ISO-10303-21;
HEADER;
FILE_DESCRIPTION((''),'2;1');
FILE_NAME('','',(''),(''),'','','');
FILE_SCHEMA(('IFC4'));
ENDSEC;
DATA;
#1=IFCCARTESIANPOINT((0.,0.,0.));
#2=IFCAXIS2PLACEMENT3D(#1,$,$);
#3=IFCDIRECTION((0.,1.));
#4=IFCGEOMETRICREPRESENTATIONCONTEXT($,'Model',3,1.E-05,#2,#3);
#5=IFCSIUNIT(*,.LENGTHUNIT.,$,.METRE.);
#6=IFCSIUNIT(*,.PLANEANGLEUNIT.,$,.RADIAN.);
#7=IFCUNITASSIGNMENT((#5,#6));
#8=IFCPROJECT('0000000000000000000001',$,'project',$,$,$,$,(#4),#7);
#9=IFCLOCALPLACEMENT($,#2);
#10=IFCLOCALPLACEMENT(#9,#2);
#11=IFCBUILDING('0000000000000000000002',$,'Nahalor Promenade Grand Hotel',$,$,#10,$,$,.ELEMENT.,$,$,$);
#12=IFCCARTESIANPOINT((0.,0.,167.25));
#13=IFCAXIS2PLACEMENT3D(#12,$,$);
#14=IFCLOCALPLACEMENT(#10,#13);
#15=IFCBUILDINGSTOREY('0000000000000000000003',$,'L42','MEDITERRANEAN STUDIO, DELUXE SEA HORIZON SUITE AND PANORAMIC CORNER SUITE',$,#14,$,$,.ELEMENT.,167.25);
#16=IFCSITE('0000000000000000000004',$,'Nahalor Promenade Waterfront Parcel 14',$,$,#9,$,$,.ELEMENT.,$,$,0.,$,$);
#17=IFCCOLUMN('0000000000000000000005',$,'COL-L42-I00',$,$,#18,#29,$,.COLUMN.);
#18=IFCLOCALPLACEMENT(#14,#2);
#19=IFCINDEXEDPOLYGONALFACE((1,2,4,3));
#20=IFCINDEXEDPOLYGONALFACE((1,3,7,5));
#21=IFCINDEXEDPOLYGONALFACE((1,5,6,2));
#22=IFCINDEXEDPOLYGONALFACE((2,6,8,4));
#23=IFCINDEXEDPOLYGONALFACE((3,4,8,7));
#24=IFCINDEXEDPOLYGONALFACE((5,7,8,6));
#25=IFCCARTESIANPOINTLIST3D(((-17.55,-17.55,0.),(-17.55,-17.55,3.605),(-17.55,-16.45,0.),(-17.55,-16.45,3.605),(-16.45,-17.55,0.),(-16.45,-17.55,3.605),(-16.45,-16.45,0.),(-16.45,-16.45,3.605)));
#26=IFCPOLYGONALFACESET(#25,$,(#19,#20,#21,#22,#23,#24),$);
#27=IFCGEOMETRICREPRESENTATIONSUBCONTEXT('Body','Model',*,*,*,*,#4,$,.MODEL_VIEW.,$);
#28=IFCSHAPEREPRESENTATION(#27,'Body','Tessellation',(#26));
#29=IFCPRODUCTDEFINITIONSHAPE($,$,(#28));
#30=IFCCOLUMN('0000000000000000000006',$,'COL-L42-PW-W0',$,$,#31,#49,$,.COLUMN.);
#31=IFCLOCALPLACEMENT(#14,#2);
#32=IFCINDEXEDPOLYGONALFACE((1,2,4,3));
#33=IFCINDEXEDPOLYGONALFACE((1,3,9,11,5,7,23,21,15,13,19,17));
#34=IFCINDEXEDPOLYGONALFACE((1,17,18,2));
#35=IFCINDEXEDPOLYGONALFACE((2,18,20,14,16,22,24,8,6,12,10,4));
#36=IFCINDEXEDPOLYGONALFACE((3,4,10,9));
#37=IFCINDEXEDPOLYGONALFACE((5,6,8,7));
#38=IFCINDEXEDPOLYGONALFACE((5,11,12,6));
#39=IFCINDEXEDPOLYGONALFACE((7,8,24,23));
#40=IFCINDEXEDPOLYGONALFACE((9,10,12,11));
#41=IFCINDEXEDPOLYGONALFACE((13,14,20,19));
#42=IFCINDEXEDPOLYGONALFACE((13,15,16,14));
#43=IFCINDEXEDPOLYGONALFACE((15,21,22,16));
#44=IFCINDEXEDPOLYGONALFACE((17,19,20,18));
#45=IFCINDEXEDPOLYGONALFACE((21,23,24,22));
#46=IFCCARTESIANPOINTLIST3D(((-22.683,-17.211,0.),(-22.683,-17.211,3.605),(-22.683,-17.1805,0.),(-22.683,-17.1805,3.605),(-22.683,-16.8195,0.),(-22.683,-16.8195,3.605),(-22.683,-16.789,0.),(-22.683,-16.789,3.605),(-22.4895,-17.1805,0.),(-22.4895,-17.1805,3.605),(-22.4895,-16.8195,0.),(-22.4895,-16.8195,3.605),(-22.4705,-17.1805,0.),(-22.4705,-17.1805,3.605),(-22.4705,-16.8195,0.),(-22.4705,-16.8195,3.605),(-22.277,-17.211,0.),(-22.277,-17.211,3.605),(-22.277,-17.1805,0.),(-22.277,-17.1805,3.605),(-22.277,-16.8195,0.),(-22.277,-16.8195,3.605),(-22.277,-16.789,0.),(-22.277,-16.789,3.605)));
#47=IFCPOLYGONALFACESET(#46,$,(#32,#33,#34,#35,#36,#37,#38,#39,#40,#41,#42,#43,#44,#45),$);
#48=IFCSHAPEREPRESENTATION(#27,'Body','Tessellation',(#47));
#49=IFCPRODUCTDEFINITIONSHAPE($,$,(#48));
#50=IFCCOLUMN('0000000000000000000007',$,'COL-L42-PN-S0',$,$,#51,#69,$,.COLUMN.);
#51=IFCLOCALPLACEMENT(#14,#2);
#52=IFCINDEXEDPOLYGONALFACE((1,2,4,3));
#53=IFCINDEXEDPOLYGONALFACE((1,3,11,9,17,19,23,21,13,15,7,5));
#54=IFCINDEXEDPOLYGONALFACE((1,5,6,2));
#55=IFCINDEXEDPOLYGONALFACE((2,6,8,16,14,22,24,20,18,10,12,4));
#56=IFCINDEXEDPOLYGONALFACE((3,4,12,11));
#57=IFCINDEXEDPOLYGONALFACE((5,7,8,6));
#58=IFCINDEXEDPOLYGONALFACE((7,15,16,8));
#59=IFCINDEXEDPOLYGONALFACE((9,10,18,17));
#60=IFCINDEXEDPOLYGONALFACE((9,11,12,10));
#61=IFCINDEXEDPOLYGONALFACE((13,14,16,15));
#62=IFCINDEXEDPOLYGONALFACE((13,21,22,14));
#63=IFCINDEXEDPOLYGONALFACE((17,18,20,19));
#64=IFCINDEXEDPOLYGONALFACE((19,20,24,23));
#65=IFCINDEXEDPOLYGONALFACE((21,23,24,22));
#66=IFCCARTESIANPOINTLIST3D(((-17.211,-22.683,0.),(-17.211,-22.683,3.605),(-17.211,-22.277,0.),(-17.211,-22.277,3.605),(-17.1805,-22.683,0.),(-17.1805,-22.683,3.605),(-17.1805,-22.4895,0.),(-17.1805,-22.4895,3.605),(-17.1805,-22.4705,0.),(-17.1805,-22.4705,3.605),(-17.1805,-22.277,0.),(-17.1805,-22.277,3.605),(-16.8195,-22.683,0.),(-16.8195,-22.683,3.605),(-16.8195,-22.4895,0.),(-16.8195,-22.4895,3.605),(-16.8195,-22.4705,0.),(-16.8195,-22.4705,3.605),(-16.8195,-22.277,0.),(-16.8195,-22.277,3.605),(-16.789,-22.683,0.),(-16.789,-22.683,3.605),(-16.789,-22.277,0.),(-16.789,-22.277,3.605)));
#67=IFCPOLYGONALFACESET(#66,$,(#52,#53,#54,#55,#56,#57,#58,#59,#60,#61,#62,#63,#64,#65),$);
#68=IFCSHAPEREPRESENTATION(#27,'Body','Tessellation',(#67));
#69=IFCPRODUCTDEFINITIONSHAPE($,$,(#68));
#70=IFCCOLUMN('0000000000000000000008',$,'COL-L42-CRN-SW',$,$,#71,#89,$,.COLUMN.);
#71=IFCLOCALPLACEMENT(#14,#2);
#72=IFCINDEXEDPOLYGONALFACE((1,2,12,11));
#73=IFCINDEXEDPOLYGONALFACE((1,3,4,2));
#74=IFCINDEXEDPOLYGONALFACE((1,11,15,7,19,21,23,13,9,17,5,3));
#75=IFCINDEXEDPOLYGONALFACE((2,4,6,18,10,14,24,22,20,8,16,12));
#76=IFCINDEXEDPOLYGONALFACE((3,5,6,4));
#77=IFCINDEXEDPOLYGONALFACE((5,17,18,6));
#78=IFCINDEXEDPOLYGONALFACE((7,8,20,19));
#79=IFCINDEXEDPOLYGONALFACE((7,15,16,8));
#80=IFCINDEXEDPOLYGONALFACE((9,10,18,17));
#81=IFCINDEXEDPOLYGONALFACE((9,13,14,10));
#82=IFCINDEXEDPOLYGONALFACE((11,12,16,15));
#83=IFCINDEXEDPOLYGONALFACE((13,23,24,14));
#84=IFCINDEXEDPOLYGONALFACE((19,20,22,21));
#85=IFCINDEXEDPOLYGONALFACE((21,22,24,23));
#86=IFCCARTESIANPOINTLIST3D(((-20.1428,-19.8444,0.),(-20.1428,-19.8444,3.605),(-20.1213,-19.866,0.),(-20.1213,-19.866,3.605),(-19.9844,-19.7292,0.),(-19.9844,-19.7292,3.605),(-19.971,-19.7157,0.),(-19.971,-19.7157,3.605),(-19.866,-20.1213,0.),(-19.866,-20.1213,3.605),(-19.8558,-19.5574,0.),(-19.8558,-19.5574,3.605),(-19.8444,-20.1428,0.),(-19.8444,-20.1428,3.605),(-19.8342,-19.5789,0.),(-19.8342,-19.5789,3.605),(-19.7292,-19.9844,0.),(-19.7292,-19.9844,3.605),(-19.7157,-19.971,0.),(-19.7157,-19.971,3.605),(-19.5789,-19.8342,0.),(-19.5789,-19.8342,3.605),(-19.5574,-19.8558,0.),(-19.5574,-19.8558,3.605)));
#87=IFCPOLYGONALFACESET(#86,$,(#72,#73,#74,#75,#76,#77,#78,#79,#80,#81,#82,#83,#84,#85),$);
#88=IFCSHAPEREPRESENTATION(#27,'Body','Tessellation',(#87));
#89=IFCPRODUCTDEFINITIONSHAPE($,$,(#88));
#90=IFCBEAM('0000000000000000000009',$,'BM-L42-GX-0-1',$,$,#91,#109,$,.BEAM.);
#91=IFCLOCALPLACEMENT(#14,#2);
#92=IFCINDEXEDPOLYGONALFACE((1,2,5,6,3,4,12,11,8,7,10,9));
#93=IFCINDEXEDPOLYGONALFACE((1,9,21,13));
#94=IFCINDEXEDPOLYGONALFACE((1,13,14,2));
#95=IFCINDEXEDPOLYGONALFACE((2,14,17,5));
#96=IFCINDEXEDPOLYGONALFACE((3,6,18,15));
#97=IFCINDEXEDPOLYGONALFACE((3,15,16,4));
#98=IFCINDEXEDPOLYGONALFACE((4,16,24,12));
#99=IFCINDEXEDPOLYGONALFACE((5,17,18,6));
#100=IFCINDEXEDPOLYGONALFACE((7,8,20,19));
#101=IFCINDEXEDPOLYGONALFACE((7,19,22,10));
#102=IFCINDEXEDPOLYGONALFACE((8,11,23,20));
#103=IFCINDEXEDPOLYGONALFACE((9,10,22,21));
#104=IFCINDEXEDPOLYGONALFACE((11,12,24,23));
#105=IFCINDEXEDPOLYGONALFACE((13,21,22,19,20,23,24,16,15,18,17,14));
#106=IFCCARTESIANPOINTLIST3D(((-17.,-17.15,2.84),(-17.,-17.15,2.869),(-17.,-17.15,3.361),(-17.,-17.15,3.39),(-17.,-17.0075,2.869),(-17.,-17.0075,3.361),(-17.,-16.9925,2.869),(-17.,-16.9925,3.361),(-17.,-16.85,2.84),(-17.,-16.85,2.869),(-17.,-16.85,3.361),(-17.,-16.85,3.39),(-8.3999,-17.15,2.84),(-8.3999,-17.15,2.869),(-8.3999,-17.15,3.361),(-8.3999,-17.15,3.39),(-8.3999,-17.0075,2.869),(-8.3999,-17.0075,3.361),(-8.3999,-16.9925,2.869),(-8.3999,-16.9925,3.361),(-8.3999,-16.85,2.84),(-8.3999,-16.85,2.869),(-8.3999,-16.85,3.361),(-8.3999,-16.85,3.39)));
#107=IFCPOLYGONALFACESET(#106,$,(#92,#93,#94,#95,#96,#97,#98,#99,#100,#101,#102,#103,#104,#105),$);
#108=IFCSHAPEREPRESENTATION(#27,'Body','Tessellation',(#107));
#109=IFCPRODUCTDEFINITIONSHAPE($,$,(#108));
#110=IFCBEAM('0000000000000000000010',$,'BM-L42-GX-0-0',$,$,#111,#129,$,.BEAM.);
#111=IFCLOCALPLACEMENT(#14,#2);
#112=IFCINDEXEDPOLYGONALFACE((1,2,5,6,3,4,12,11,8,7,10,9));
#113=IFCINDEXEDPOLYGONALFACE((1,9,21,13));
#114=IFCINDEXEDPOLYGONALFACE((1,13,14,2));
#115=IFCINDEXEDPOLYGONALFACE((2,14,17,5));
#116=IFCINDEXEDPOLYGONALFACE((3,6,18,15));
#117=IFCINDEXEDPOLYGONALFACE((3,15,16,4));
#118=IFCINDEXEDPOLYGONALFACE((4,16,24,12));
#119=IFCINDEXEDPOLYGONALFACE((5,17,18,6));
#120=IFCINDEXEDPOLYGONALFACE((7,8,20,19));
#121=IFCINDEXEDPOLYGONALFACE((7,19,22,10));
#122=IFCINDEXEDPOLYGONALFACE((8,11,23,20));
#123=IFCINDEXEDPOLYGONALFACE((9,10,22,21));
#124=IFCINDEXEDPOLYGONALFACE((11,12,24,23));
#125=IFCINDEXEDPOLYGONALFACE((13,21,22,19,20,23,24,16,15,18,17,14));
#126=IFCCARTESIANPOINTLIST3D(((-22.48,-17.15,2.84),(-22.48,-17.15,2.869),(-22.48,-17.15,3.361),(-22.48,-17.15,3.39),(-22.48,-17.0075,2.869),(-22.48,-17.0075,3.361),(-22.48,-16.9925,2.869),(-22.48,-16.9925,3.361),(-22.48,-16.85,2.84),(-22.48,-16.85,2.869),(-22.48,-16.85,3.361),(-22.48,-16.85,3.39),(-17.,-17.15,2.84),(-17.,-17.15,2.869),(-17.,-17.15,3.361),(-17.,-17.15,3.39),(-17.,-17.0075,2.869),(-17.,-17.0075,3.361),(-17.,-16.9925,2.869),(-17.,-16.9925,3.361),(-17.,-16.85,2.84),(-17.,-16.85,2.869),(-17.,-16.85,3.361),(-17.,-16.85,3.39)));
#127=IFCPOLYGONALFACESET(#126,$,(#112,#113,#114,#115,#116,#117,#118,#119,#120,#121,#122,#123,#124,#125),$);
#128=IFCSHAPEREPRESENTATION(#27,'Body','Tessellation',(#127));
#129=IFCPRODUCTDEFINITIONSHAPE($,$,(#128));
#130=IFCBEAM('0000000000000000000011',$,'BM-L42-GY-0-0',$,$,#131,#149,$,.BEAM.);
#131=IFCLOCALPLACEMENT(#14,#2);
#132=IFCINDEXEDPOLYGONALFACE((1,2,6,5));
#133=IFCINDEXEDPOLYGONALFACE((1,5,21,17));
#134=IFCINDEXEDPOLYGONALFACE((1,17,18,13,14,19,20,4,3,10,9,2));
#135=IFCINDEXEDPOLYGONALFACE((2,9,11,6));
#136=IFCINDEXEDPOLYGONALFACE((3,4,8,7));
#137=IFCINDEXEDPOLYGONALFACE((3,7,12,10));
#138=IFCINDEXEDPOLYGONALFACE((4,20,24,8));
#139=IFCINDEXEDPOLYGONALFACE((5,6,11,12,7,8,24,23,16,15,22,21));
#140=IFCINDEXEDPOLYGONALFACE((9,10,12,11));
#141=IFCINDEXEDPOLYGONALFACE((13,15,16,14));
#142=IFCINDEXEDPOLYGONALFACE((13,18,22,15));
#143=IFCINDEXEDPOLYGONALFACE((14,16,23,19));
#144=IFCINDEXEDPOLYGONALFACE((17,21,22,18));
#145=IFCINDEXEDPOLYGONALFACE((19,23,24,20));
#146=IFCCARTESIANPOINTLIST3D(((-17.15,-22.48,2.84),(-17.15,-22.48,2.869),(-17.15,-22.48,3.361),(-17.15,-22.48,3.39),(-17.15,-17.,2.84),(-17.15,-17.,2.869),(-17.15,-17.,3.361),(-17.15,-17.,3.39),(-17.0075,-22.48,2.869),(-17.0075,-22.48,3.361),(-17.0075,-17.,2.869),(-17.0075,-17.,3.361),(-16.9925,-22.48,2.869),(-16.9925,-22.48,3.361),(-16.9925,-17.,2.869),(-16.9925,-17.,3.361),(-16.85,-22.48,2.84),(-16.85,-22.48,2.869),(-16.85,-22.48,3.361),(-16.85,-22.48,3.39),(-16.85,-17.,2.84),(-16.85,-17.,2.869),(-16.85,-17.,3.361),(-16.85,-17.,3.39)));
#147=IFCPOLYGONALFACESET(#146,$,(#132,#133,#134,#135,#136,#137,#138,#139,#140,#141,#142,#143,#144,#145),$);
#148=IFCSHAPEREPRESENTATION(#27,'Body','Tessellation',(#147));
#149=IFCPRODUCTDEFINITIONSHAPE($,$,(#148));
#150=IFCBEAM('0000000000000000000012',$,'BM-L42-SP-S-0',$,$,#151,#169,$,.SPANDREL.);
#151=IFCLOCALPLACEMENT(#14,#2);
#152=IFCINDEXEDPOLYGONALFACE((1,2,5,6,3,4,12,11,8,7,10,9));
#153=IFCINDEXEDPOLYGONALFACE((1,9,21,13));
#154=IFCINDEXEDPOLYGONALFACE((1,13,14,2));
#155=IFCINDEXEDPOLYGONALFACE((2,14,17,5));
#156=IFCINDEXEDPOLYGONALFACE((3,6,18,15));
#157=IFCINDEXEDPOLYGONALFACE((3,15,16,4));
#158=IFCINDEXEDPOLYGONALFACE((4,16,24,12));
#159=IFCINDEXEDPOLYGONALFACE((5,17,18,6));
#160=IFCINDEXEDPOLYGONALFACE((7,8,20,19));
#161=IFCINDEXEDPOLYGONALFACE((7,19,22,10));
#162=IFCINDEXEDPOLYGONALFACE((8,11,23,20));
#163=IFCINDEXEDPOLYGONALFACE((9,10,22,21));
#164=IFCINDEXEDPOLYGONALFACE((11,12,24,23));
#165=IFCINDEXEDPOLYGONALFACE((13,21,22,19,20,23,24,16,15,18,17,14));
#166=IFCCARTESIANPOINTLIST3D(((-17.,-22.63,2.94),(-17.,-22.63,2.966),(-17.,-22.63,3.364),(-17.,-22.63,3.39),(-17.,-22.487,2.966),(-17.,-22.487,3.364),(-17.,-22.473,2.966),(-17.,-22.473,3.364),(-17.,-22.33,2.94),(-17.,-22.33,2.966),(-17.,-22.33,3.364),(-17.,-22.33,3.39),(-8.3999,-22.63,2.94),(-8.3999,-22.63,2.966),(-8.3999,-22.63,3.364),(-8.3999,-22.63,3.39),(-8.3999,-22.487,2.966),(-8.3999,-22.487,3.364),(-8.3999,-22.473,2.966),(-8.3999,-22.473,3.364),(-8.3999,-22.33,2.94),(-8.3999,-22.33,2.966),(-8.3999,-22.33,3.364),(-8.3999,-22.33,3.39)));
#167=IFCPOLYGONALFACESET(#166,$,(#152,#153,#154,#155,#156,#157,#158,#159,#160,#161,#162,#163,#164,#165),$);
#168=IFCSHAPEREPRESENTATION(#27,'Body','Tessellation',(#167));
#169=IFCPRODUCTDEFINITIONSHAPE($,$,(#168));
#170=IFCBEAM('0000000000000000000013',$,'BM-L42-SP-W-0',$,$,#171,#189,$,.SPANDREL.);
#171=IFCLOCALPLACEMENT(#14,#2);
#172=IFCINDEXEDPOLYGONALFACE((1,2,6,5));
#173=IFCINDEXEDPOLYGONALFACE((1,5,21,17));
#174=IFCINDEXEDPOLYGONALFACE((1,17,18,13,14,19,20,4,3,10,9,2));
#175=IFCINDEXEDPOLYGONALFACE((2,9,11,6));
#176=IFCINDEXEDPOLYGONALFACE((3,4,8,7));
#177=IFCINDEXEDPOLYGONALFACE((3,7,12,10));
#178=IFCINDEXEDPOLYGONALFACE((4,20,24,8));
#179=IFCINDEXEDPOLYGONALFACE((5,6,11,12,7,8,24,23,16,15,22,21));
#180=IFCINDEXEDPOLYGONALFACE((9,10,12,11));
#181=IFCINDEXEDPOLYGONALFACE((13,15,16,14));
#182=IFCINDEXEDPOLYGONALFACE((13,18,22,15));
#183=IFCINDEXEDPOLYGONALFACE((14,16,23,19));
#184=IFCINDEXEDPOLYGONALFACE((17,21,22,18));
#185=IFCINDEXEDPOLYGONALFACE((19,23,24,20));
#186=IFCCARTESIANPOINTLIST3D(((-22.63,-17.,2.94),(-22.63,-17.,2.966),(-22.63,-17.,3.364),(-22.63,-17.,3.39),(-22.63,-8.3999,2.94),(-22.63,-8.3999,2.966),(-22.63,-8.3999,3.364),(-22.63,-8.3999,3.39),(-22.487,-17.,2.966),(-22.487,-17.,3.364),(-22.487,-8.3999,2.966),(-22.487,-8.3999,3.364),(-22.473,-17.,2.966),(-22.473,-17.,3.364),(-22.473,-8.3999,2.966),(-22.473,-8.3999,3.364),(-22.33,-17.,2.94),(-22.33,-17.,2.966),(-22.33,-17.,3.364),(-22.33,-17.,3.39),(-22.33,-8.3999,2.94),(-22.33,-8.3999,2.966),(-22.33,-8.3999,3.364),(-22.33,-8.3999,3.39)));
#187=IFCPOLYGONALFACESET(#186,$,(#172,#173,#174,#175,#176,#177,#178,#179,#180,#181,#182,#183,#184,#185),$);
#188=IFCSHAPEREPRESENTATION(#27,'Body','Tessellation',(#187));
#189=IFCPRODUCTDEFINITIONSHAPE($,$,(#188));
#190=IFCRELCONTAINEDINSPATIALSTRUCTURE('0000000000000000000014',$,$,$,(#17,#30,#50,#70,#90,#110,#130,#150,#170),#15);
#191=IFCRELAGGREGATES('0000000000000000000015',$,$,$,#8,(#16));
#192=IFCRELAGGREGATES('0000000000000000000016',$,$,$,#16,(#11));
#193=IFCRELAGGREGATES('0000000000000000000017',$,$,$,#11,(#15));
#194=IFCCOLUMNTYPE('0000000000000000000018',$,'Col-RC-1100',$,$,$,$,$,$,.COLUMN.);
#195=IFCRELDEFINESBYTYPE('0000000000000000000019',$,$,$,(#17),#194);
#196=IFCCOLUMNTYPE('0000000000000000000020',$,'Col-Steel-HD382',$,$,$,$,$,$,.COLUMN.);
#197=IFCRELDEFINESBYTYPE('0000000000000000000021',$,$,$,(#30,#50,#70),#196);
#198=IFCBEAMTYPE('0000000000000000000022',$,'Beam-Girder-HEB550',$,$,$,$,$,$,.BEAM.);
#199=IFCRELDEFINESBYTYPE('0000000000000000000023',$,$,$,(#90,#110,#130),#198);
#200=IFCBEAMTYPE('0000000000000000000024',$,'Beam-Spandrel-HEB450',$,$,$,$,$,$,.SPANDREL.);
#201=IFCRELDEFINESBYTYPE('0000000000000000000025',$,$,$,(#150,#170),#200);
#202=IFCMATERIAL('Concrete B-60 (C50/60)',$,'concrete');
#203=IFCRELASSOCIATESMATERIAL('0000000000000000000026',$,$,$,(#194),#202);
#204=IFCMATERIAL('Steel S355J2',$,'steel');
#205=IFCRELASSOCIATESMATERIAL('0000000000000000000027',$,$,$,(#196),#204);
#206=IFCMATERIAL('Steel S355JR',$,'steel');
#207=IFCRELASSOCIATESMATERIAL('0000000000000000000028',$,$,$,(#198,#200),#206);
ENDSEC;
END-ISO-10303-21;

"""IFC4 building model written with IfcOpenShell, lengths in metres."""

from ifc_helpers import new_model, si_unit, direction, frame, origin, origin_2d, place, context, subcontext, project, spatial, rectangle, i_section, extrude, source, transform, mapped, material, material_profile, profile_set, type_object, element, save


model = new_model("IFC4")

# Units and contexts
model_context = context("Model", 3, precision=1e-05, world=origin(), true_north=direction((0.0, 1.0)))
body_context = subcontext(model_context, "Body", "Model", "MODEL_VIEW")
ifc_project = project(units=[si_unit("LENGTHUNIT", "METRE"), si_unit("PLANEANGLEUNIT", "RADIAN")], contexts=[model_context])

# Site, building, storey
site_placement = place(None, origin())
site = spatial("IfcSite", under=ifc_project, at=site_placement, Name="Nahalor Promenade Waterfront Parcel 14", CompositionType="ELEMENT", RefElevation=0.0)
building_placement = place(site_placement, origin())
building = spatial("IfcBuilding", under=site, at=building_placement, Name="Nahalor Promenade Grand Hotel", CompositionType="ELEMENT")
storey_placement = place(building_placement, frame((0.0, 0.0, 167.25)))
storey = spatial("IfcBuildingStorey", under=building, at=storey_placement, Name="L42", Description="MEDITERRANEAN STUDIO, DELUXE SEA HORIZON SUITE AND PANORAMIC CORNER SUITE", CompositionType="ELEMENT", Elevation=167.25)

# Columns
ifc_material_1 = material(Name="Concrete B-60 (C50/60)", Category="concrete")
ifc_material_profile_1 = material_profile(ifc_material_1, rectangle(XDim=1.1, YDim=1.1, at=origin_2d()), Name="RC 1100x1100")
ifc_profile_set_1 = profile_set([ifc_material_profile_1], Name="Concrete B-60 (C50/60)")
column_type_1 = type_object("IfcColumnType", Name="Col-RC-1100", PredefinedType="COLUMN", material=ifc_profile_set_1)
shared_shape_1 = source(origin(), body_context, "Body", "SweptSolid", [
    extrude(rectangle(XDim=1.1, YDim=1.1, at=origin_2d()), origin(), (0.0, 0.0, 1.0), 3.605),
])
column_placement = place(storey_placement, frame((-17.0, -17.0, 0.0), z_axis=(0.0, 0.0, 1.0), x_axis=(1.0, 0.0, 0.0)))
element("IfcColumn", 1, at=column_placement, inside=storey, type_object=column_type_1, Name="COL-L42-I00", PredefinedType="COLUMN", context=body_context, shape_type="MappedRepresentation", body=[
    mapped(shared_shape_1, transform((0.0, 0.0, 0.0), scale=1.0)),
])
ifc_material_2 = material(Name="Steel S355J2", Category="steel")
ifc_material_profile_2 = material_profile(ifc_material_2, i_section(OverallWidth=0.406, OverallDepth=0.422, WebThickness=0.019, FlangeThickness=0.0305, at=origin_2d()), Name="HD 400x382")
ifc_profile_set_2 = profile_set([ifc_material_profile_2], Name="Steel S355J2")
column_type_2 = type_object("IfcColumnType", Name="Col-Steel-HD382", PredefinedType="COLUMN", material=ifc_profile_set_2)
shared_shape_2 = source(origin(), body_context, "Body", "SweptSolid", [
    extrude(i_section(OverallWidth=0.406, OverallDepth=0.422, WebThickness=0.019, FlangeThickness=0.0305, at=origin_2d()), origin(), (0.0, 0.0, 1.0), 3.605),
])
for number, where, z_axis, x_axis, name in (
    (2, (-22.48, -17.0, 0.0), (0.0, 0.0, 1.0), (1.0, 0.0, 0.0), "COL-L42-PW-W0"),
    (3, (-17.0, -22.48, 0.0), (0.0, 0.0, 1.0), (0.0, 1.0, 0.0), "COL-L42-PN-S0"),
    (4, (-19.8501, -19.8501, 0.0), (0.0, 0.0, 1.0), (0.707107, 0.707107, 0.0), "COL-L42-CRN-SW"),
):
    element("IfcColumn", number, at=place(storey_placement, frame(where, z_axis=z_axis, x_axis=x_axis)), inside=storey, type_object=column_type_2, Name=name, PredefinedType="COLUMN", context=body_context, shape_type="MappedRepresentation", body=[
        mapped(shared_shape_2, transform((0.0, 0.0, 0.0), scale=1.0)),
    ])

# Beams
ifc_material_3 = material(Name="Steel S355JR", Category="steel")
ifc_material_profile_3 = material_profile(ifc_material_3, i_section(OverallWidth=0.3, OverallDepth=0.55, WebThickness=0.015, FlangeThickness=0.029, at=origin_2d()), Name="HEB 550")
ifc_profile_set_3 = profile_set([ifc_material_profile_3], Name="Steel S355JR")
beam_type_1 = type_object("IfcBeamType", Name="Beam-Girder-HEB550", PredefinedType="BEAM", material=ifc_profile_set_3)
shared_shape_3 = source(origin(), body_context, "Body", "SweptSolid", [
    extrude(i_section(OverallWidth=0.3, OverallDepth=0.55, WebThickness=0.015, FlangeThickness=0.029, at=origin_2d()), origin(), (0.0, 0.0, 1.0), 8.6001),
])
beam_placement = place(storey_placement, frame((-17.0, -17.0, 3.115), z_axis=(1.0, 0.0, 0.0), x_axis=(0.0, 1.0, 0.0)))
element("IfcBeam", 5, at=beam_placement, inside=storey, type_object=beam_type_1, Name="BM-L42-GX-0-1", PredefinedType="BEAM", context=body_context, shape_type="MappedRepresentation", body=[
    mapped(shared_shape_3, transform((0.0, 0.0, 0.0), scale=1.0)),
])
shared_shape_4 = source(origin(), body_context, "Body", "SweptSolid", [
    extrude(i_section(OverallWidth=0.3, OverallDepth=0.55, WebThickness=0.015, FlangeThickness=0.029, at=origin_2d()), origin(), (0.0, 0.0, 1.0), 5.48),
])
for number, where, z_axis, x_axis, name in (
    (6, (-22.48, -17.0, 3.115), (1.0, 0.0, 0.0), (0.0, 1.0, 0.0), "BM-L42-GX-0-0"),
    (7, (-17.0, -22.48, 3.115), (0.0, 1.0, 0.0), (-1.0, 0.0, 0.0), "BM-L42-GY-0-0"),
):
    element("IfcBeam", number, at=place(storey_placement, frame(where, z_axis=z_axis, x_axis=x_axis)), inside=storey, type_object=beam_type_1, Name=name, PredefinedType="BEAM", context=body_context, shape_type="MappedRepresentation", body=[
        mapped(shared_shape_4, transform((0.0, 0.0, 0.0), scale=1.0)),
    ])
ifc_material_profile_4 = material_profile(ifc_material_3, i_section(OverallWidth=0.3, OverallDepth=0.45, WebThickness=0.014, FlangeThickness=0.026, at=origin_2d()), Name="HEB 450")
ifc_profile_set_4 = profile_set([ifc_material_profile_4], Name="Steel S355JR")
beam_type_2 = type_object("IfcBeamType", Name="Beam-Spandrel-HEB450", PredefinedType="SPANDREL", material=ifc_profile_set_4)
shared_shape_5 = source(origin(), body_context, "Body", "SweptSolid", [
    extrude(i_section(OverallWidth=0.3, OverallDepth=0.45, WebThickness=0.014, FlangeThickness=0.026, at=origin_2d()), origin(), (0.0, 0.0, 1.0), 8.6001),
])
for number, where, z_axis, x_axis, name in (
    (8, (-17.0, -22.48, 3.165), (1.0, 0.0, 0.0), (0.0, 1.0, 0.0), "BM-L42-SP-S-0"),
    (9, (-22.48, -17.0, 3.165), (0.0, 1.0, 0.0), (-1.0, 0.0, 0.0), "BM-L42-SP-W-0"),
):
    element("IfcBeam", number, at=place(storey_placement, frame(where, z_axis=z_axis, x_axis=x_axis)), inside=storey, type_object=beam_type_2, Name=name, PredefinedType="SPANDREL", context=body_context, shape_type="MappedRepresentation", body=[
        mapped(shared_shape_5, transform((0.0, 0.0, 0.0), scale=1.0)),
    ])

save(model, "model.ifc")
